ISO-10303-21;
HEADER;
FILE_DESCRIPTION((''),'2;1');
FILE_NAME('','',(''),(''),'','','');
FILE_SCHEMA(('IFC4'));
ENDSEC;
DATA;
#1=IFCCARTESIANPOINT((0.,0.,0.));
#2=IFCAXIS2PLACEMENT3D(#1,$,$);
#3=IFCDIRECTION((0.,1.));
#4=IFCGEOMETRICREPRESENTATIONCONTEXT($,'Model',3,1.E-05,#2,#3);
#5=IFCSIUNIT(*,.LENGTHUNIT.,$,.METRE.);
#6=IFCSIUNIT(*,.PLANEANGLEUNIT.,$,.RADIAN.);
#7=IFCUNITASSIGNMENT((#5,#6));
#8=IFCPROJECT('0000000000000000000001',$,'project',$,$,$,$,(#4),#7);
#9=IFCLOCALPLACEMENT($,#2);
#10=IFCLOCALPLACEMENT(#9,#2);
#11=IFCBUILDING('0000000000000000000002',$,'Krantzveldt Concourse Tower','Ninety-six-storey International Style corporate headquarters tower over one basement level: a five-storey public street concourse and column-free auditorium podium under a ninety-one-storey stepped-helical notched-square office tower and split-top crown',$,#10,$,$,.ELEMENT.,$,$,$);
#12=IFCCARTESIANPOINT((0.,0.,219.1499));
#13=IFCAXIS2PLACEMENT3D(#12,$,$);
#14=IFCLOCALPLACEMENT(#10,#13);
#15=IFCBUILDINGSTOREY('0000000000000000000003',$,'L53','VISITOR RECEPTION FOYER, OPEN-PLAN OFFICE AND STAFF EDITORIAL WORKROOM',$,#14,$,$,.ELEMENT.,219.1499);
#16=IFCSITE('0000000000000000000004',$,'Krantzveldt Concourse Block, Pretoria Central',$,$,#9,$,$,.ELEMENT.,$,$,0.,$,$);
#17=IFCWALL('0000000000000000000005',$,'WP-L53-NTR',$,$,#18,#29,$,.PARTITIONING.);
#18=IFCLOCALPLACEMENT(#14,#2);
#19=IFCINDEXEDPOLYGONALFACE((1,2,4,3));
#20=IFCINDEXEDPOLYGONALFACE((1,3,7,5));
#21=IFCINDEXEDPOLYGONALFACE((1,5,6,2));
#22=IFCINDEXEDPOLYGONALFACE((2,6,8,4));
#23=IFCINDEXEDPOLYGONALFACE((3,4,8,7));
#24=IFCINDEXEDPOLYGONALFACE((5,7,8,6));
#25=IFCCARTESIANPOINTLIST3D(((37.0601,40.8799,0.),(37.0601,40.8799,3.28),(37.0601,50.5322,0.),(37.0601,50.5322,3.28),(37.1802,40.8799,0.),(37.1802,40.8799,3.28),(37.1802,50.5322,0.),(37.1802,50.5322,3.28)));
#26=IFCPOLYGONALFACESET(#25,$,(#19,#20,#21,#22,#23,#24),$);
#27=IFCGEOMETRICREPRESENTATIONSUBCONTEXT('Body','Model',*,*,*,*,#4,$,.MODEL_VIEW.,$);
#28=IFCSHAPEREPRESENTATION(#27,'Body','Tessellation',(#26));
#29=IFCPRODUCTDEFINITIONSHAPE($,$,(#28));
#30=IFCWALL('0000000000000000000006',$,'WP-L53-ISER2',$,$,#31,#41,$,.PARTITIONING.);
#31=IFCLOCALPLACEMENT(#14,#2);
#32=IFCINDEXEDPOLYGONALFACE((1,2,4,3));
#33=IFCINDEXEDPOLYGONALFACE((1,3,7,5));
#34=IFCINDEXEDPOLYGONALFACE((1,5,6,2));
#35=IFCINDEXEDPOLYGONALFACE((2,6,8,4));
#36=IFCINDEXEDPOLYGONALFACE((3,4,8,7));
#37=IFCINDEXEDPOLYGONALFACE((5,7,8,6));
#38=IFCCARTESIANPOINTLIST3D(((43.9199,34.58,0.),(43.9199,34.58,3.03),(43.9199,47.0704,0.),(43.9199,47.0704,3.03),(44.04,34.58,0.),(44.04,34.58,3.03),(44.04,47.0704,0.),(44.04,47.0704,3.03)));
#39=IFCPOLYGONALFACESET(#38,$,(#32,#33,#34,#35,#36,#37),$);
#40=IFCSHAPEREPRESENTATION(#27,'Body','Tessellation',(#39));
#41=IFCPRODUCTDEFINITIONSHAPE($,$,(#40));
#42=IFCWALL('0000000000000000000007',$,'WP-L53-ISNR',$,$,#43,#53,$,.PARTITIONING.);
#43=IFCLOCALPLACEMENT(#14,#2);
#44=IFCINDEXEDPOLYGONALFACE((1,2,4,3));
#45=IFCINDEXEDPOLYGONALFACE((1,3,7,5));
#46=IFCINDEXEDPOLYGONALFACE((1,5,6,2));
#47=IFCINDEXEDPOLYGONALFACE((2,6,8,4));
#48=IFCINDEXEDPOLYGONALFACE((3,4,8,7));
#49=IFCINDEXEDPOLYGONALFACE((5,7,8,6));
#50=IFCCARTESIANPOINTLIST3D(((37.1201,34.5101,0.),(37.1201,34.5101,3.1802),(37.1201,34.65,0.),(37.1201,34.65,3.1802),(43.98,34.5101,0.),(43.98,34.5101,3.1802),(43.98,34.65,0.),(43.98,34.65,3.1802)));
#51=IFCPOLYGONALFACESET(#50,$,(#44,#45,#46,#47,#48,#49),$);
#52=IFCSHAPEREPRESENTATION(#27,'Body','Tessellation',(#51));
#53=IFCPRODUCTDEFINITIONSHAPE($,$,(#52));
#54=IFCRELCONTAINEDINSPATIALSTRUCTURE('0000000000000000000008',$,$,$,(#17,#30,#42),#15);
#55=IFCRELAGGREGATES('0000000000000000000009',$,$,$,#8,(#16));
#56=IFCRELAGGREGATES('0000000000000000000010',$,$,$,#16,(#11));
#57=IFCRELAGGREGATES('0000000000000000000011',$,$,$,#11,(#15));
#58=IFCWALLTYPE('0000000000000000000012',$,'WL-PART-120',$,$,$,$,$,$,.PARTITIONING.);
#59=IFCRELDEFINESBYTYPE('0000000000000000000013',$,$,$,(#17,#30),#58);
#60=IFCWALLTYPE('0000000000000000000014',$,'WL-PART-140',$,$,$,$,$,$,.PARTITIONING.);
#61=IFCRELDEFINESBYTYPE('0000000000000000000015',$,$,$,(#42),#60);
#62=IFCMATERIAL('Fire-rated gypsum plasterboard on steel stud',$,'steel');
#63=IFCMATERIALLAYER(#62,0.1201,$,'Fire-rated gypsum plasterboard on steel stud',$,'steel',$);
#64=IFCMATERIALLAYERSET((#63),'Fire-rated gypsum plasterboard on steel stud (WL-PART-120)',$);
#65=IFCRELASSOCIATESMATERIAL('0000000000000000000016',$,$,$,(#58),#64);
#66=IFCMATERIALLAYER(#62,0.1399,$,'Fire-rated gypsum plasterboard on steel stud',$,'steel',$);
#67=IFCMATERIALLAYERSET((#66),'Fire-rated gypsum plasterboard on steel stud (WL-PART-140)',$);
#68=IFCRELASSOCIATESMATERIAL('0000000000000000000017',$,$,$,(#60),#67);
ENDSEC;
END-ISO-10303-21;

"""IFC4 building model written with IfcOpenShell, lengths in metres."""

from ifc_helpers import new_model, si_unit, direction, frame, frame_2d, origin, place, context, subcontext, project, spatial, rectangle, extrude, material, layer, layer_set, type_object, element, save


model = new_model("IFC4")

# Units and contexts
model_context = context("Model", 3, precision=1e-05, world=origin(), true_north=direction((0.0, 1.0)))
body_context = subcontext(model_context, "Body", "Model", "MODEL_VIEW")
ifc_project = project(units=[si_unit("LENGTHUNIT", "METRE"), si_unit("PLANEANGLEUNIT", "RADIAN")], contexts=[model_context])

# Site, building, storey
site_placement = place(None, origin())
site = spatial("IfcSite", under=ifc_project, at=site_placement, Name="Krantzveldt Concourse Block, Pretoria Central", CompositionType="ELEMENT", RefElevation=0.0)
building_placement = place(site_placement, origin())
building = spatial("IfcBuilding", under=site, at=building_placement, Name="Krantzveldt Concourse Tower", Description="Ninety-six-storey International Style corporate headquarters tower over one basement level: a five-storey public street concourse and column-free auditorium podium under a ninety-one-storey stepped-helical notched-square office tower and split-top crown", CompositionType="ELEMENT")
storey_placement = place(building_placement, frame((0.0, 0.0, 219.1499)))
storey = spatial("IfcBuildingStorey", under=building, at=storey_placement, Name="L53", Description="VISITOR RECEPTION FOYER, OPEN-PLAN OFFICE AND STAFF EDITORIAL WORKROOM", CompositionType="ELEMENT", Elevation=219.1499)

# Walls
ifc_material_1 = material(Name="Fire-rated gypsum plasterboard on steel stud", Category="steel")
ifc_layer_1 = layer(ifc_material_1, 0.1201, Name="Fire-rated gypsum plasterboard on steel stud", Category="steel")
ifc_layer_set_1 = layer_set([ifc_layer_1], Name="Fire-rated gypsum plasterboard on steel stud (WL-PART-120)")
wall_type_1 = type_object("IfcWallType", Name="WL-PART-120", PredefinedType="PARTITIONING", material=ifc_layer_set_1)
wall_1_placement = place(storey_placement, frame((37.1201, 40.8799, 0.0), z_axis=(0.0, 0.0, 1.0), x_axis=(0.0, 1.0, 0.0)))
element("IfcWall", 1, at=wall_1_placement, inside=storey, type_object=wall_type_1, Name="WP-L53-NTR", PredefinedType="PARTITIONING", context=body_context, shape_type="SweptSolid", body=[
    extrude(rectangle(XDim=9.6523, YDim=0.1201, at=frame_2d((4.8262, 0.0))), origin(), (0.0, 0.0, 1.0), 3.28),
])
wall_2_placement = place(storey_placement, frame((43.98, 34.5801, 0.0), z_axis=(0.0, 0.0, 1.0), x_axis=(0.0, 1.0, 0.0)))
element("IfcWall", 2, at=wall_2_placement, inside=storey, type_object=wall_type_1, Name="WP-L53-ISER2", PredefinedType="PARTITIONING", context=body_context, shape_type="SweptSolid", body=[
    extrude(rectangle(XDim=12.4905, YDim=0.1201, at=frame_2d((6.2451, 0.0))), origin(), (0.0, 0.0, 1.0), 3.03),
])
ifc_layer_2 = layer(ifc_material_1, 0.1399, Name="Fire-rated gypsum plasterboard on steel stud", Category="steel")
ifc_layer_set_2 = layer_set([ifc_layer_2], Name="Fire-rated gypsum plasterboard on steel stud (WL-PART-140)")
wall_type_2 = type_object("IfcWallType", Name="WL-PART-140", PredefinedType="PARTITIONING", material=ifc_layer_set_2)
wall_3_placement = place(storey_placement, frame((37.1201, 34.5801, 0.0), z_axis=(0.0, 0.0, 1.0), x_axis=(1.0, 0.0, 0.0)))
element("IfcWall", 3, at=wall_3_placement, inside=storey, type_object=wall_type_2, Name="WP-L53-ISNR", PredefinedType="PARTITIONING", context=body_context, shape_type="SweptSolid", body=[
    extrude(rectangle(XDim=6.8599, YDim=0.1399, at=frame_2d((3.4299, 0.0))), origin(), (0.0, 0.0, 1.0), 3.1802),
])

save(model, "model.ifc")
